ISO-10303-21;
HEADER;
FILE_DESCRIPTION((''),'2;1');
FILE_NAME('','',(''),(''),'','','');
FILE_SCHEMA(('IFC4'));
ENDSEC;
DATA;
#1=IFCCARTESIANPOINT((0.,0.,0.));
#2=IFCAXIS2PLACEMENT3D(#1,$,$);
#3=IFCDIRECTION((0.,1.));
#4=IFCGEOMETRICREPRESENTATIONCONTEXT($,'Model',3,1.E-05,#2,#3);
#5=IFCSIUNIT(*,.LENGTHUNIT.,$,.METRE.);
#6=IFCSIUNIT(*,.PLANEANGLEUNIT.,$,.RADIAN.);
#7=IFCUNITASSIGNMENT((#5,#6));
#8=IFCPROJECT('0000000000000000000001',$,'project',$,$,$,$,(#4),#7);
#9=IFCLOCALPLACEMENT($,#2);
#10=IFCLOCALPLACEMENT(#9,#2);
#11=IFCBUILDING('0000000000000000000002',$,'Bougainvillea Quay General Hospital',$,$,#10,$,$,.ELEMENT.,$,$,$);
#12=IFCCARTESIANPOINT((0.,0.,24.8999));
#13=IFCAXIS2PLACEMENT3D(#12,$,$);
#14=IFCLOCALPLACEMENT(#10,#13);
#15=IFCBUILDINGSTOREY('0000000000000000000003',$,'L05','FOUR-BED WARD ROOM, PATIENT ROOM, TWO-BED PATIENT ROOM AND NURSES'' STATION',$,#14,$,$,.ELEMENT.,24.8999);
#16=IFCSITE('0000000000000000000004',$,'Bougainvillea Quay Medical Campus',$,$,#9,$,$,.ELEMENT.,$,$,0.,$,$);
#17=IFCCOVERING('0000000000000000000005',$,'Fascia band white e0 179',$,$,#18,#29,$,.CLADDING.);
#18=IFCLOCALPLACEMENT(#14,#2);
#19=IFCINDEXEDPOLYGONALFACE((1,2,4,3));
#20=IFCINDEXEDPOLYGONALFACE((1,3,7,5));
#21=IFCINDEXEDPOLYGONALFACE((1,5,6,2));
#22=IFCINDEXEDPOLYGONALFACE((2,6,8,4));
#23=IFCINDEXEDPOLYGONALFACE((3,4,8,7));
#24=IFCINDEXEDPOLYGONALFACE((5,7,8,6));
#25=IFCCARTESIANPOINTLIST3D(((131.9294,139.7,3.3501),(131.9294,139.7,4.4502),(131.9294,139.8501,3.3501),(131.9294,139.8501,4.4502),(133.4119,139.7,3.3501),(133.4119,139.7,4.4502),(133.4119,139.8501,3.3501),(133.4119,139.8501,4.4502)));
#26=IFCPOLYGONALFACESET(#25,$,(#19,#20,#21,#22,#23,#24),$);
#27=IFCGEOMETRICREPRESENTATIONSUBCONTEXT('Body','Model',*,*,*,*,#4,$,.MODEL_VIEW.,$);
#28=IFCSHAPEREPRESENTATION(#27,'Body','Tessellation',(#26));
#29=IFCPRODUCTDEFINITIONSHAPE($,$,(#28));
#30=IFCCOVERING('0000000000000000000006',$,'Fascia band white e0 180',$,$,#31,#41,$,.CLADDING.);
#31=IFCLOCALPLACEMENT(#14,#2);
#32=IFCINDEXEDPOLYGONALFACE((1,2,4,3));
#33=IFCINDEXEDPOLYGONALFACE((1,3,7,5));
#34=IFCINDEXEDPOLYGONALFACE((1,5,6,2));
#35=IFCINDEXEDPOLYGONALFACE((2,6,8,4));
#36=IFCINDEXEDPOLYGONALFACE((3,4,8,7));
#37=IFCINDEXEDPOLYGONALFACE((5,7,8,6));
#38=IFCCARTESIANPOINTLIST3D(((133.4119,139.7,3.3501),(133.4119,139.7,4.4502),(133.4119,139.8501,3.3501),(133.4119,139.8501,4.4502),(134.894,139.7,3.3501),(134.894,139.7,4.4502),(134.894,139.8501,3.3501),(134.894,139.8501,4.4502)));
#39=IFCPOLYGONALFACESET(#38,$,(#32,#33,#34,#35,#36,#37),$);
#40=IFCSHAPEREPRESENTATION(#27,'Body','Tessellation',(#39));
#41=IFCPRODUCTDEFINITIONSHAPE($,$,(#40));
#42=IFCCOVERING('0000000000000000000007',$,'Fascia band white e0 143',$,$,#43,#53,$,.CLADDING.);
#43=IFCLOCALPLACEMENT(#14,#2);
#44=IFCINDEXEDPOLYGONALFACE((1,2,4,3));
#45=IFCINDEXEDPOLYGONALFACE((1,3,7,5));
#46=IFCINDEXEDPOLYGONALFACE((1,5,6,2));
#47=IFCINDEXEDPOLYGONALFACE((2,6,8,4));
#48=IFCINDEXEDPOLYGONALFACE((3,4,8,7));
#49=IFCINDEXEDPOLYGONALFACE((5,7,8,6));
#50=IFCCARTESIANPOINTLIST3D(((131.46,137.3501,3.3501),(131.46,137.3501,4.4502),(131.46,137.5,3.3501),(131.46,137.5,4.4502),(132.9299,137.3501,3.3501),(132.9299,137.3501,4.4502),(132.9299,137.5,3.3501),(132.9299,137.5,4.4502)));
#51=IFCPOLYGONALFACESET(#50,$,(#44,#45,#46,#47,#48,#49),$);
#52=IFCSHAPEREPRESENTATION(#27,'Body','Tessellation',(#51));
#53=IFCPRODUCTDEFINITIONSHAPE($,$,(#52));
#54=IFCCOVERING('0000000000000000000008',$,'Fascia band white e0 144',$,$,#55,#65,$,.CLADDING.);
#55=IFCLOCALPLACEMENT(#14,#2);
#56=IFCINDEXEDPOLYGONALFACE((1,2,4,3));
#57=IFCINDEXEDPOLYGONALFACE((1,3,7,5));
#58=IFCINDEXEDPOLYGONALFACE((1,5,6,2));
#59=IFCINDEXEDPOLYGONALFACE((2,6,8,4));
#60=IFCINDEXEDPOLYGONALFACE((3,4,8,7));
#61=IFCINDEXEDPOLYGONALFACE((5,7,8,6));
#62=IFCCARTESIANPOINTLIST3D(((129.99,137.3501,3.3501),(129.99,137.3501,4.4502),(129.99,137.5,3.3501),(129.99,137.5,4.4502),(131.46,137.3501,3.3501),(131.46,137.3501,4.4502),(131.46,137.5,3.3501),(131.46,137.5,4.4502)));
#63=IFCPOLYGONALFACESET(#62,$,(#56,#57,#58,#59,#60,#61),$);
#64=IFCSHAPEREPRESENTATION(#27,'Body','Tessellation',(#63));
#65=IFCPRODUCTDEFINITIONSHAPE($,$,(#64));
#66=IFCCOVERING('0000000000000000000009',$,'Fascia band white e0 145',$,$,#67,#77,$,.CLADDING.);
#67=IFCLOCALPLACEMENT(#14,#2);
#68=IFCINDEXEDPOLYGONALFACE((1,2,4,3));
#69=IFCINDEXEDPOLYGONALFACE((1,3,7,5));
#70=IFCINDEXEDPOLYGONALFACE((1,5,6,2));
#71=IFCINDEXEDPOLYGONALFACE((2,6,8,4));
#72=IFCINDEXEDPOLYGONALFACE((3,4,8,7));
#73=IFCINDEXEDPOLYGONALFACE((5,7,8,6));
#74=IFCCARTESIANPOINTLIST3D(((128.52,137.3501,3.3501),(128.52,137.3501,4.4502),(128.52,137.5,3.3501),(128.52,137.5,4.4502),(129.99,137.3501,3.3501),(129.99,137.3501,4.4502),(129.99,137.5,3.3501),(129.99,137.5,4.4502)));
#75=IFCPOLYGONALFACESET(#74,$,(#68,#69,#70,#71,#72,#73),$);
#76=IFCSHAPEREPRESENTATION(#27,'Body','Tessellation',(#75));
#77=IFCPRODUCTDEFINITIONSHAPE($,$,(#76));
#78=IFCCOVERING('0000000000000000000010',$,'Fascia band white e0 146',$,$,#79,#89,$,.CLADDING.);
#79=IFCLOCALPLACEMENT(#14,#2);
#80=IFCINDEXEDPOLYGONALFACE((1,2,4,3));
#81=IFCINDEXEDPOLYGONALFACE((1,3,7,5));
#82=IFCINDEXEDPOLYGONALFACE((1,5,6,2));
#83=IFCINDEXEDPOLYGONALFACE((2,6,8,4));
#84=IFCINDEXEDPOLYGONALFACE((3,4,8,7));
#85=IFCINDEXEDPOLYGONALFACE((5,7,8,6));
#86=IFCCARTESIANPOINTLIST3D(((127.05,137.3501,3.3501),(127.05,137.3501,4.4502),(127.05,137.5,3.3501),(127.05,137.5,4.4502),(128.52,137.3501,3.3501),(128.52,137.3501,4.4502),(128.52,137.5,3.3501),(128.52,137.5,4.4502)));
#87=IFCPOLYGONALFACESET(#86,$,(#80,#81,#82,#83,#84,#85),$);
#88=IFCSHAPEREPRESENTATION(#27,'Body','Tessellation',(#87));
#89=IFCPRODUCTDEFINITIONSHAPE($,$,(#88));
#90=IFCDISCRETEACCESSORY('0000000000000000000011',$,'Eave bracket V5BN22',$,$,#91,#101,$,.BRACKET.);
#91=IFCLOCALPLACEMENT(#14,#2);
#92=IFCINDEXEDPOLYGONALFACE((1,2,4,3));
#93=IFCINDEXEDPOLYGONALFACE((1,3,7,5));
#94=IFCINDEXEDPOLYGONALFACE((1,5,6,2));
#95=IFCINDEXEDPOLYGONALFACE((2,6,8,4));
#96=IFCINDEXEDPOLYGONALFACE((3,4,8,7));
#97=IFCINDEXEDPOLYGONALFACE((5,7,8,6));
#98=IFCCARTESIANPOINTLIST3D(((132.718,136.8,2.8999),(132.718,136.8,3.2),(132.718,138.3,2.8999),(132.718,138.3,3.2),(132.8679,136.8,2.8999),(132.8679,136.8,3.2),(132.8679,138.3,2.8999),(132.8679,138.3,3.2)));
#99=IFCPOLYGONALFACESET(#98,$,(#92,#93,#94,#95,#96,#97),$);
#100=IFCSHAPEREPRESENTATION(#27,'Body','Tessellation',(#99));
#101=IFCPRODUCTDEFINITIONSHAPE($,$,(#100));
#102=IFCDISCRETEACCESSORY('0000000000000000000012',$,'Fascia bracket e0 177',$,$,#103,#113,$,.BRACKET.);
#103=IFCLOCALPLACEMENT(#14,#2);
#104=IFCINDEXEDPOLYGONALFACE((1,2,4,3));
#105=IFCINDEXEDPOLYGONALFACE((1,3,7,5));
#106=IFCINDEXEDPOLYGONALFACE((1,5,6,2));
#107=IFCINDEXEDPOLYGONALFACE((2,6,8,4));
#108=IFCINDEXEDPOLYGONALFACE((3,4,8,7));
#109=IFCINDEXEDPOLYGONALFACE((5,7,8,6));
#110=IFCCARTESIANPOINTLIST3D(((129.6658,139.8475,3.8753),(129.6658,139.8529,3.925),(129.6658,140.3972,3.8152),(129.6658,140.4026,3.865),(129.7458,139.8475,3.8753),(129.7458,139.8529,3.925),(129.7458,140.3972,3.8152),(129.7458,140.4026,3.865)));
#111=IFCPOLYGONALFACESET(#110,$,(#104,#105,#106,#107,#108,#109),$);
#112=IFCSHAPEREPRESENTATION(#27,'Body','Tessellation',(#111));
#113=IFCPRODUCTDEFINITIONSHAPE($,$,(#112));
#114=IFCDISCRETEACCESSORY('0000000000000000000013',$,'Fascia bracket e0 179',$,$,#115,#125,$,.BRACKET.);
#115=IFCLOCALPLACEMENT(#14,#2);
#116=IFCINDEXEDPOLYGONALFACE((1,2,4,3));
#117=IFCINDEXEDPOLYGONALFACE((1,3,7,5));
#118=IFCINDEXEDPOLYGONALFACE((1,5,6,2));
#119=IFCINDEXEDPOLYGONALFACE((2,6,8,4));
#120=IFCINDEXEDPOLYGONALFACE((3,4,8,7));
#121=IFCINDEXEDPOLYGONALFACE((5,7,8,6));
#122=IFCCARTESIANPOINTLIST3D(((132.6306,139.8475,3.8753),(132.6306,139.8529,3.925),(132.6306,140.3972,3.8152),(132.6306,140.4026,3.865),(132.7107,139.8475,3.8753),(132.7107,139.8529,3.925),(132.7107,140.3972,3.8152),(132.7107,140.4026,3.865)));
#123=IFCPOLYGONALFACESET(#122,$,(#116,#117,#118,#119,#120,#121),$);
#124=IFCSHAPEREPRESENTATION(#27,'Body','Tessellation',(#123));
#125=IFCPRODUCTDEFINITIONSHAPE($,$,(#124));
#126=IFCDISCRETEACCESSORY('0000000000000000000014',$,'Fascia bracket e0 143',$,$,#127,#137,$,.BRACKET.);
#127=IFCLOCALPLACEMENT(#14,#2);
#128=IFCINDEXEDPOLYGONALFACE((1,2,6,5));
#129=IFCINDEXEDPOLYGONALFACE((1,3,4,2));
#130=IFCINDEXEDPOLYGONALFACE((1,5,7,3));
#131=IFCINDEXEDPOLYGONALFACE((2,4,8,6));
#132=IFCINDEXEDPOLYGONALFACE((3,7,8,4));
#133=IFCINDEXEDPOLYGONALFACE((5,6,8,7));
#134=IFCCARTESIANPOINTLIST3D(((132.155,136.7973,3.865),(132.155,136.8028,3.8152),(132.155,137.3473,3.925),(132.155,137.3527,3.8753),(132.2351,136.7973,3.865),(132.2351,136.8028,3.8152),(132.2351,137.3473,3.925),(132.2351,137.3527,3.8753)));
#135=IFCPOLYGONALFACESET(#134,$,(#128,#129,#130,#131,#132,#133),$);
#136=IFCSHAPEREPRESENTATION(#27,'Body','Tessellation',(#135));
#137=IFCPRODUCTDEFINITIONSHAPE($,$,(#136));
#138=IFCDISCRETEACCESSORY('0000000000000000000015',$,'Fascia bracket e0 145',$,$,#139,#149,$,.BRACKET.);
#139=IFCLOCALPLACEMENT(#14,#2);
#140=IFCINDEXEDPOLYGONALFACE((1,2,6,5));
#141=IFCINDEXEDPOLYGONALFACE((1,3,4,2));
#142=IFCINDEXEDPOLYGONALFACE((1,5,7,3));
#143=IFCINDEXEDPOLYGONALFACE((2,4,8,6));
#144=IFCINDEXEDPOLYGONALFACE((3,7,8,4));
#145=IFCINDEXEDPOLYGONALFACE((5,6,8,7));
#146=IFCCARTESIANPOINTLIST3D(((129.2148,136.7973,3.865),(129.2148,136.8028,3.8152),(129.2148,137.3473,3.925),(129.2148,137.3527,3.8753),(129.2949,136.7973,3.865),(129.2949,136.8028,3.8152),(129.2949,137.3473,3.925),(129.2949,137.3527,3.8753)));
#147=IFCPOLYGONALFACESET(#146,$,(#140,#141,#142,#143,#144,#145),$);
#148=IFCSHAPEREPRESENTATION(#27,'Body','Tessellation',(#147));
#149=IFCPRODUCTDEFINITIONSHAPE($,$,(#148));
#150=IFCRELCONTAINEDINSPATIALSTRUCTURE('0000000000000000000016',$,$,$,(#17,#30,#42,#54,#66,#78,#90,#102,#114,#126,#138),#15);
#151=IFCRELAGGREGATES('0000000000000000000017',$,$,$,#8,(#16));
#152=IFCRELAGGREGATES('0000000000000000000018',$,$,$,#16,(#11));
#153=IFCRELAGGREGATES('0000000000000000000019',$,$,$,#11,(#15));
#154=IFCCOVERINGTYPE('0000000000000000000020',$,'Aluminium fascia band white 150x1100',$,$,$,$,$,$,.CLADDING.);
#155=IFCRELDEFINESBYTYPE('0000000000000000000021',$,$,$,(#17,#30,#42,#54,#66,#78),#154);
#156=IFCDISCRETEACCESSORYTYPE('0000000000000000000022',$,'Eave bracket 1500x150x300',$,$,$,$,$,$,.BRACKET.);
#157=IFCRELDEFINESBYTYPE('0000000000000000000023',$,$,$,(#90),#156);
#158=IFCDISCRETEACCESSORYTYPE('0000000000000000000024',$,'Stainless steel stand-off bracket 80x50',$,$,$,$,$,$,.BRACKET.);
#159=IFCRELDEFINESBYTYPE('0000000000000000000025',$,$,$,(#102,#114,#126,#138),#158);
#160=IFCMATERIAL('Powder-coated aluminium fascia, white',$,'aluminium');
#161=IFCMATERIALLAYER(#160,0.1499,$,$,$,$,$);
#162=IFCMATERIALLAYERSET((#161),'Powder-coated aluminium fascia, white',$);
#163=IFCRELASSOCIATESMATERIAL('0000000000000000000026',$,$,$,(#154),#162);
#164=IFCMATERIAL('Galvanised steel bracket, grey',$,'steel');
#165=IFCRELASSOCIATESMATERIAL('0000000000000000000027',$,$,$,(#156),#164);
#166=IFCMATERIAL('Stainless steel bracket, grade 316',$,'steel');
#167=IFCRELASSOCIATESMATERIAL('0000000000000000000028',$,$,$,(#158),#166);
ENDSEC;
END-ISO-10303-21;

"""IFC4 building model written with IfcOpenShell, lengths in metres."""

from ifc_helpers import new_model, si_unit, direction, frame, origin, origin_2d, place, context, subcontext, project, spatial, polyline, rectangle, outline, extrude, material, layer, layer_set, material_profile, profile_set, type_object, element, save


model = new_model("IFC4")

# Units and contexts
model_context = context("Model", 3, precision=1e-05, world=origin(), true_north=direction((0.0, 1.0)))
body_context = subcontext(model_context, "Body", "Model", "MODEL_VIEW")
ifc_project = project(units=[si_unit("LENGTHUNIT", "METRE"), si_unit("PLANEANGLEUNIT", "RADIAN")], contexts=[model_context])

# Site, building, storey
site_placement = place(None, origin())
site = spatial("IfcSite", under=ifc_project, at=site_placement, Name="Bougainvillea Quay Medical Campus", CompositionType="ELEMENT", RefElevation=0.0)
building_placement = place(site_placement, origin())
building = spatial("IfcBuilding", under=site, at=building_placement, Name="Bougainvillea Quay General Hospital", CompositionType="ELEMENT")
storey_placement = place(building_placement, frame((0.0, 0.0, 24.8999)))
storey = spatial("IfcBuildingStorey", under=building, at=storey_placement, Name="L05", Description="FOUR-BED WARD ROOM, PATIENT ROOM, TWO-BED PATIENT ROOM AND NURSES' STATION", CompositionType="ELEMENT", Elevation=24.8999)

# Coverings
ifc_material_1 = material(Name="Powder-coated aluminium fascia, white", Category="aluminium")
ifc_layer_1 = layer(ifc_material_1, 0.1499)
ifc_layer_set_1 = layer_set([ifc_layer_1], Name="Powder-coated aluminium fascia, white")
covering_type = type_object("IfcCoveringType", Name="Aluminium fascia band white 150x1100", PredefinedType="CLADDING", material=ifc_layer_set_1)
for number, where, z_axis, x_axis, name in (
    (1, (131.9294, 139.8501, 3.3501), (0.0, 0.0, 1.0), (1.0, 0.0, 0.0), "Fascia band white e0 179"),
):
    element("IfcCovering", number, at=place(storey_placement, frame(where, z_axis=z_axis, x_axis=x_axis)), inside=storey, type_object=covering_type, Name=name, PredefinedType="CLADDING", context=body_context, shape_type="SweptSolid", body=[
        extrude(outline(polyline([(0.0, 0.0), (1.4824, 0.0), (1.4824, -0.1501), (0.0, -0.1501), (0.0, 0.0)])), origin(), (0.0, 0.0, 1.0), 1.1001),
    ])
covering_placement = place(storey_placement, frame((133.4119, 139.8501, 3.3501), z_axis=(0.0, 0.0, 1.0), x_axis=(1.0, 0.0, 0.0)))
element("IfcCovering", 2, at=covering_placement, inside=storey, type_object=covering_type, Name="Fascia band white e0 180", PredefinedType="CLADDING", context=body_context, shape_type="SweptSolid", body=[
    extrude(outline(polyline([(0.0, 0.0), (1.4822, 0.0), (1.4822, -0.1501), (0.0, -0.1501), (0.0, 0.0)])), origin(), (0.0, 0.0, 1.0), 1.1001),
])
for number, where, z_axis, x_axis, name in (
    (3, (132.9299, 137.3501, 3.3501), (0.0, 0.0, 1.0), (-1.0, 0.0, 0.0), "Fascia band white e0 143"),
    (4, (131.46, 137.3501, 3.3501), (0.0, 0.0, 1.0), (-1.0, 0.0, 0.0), "Fascia band white e0 144"),
    (5, (129.99, 137.3501, 3.3501), (0.0, 0.0, 1.0), (-1.0, 0.0, 0.0), "Fascia band white e0 145"),
    (6, (128.52, 137.3501, 3.3501), (0.0, 0.0, 1.0), (-1.0, 0.0, 0.0), "Fascia band white e0 146"),
):
    element("IfcCovering", number, at=place(storey_placement, frame(where, z_axis=z_axis, x_axis=x_axis)), inside=storey, type_object=covering_type, Name=name, PredefinedType="CLADDING", context=body_context, shape_type="SweptSolid", body=[
        extrude(outline(polyline([(0.0, 0.0), (1.47, 0.0), (1.47, -0.1499), (0.0, -0.1499), (0.0, 0.0)])), origin(), (0.0, 0.0, 1.0), 1.1001),
    ])

# Discrete accessories
ifc_material_2 = material(Name="Galvanised steel bracket, grey", Category="steel")
discrete_accessory_type_1 = type_object("IfcDiscreteAccessoryType", Name="Eave bracket 1500x150x300", PredefinedType="BRACKET", material=ifc_material_2)
discrete_accessory_placement = place(storey_placement, frame((132.793, 137.55, 2.8999), z_axis=(0.0, 0.0, 1.0), x_axis=(1.0, 0.0, 0.0)))
element("IfcDiscreteAccessory", 7, at=discrete_accessory_placement, inside=storey, type_object=discrete_accessory_type_1, Name="Eave bracket V5BN22", PredefinedType="BRACKET", context=body_context, shape_type="SweptSolid", body=[
    extrude(rectangle(XDim=0.1499, YDim=1.5, at=origin_2d()), origin(), (0.0, 0.0, 1.0), 0.3),
])
ifc_material_3 = material(Name="Stainless steel bracket, grade 316", Category="steel")
ifc_material_profile_1 = material_profile(ifc_material_3, rectangle(XDim=0.0801, YDim=0.05, at=origin_2d()))
ifc_profile_set_1 = profile_set([ifc_material_profile_1], Name="Stainless steel bracket, grade 316")
discrete_accessory_type_2 = type_object("IfcDiscreteAccessoryType", Name="Stainless steel stand-off bracket 80x50", PredefinedType="BRACKET", material=ifc_profile_set_1)
for number, where, z_axis, x_axis, name in (
    (8, (129.7058, 140.3999, 3.8401), (0.0, -0.994087, 0.10859), (1.0, 0.0, 0.0), "Fascia bracket e0 177"),
    (9, (132.6707, 140.3999, 3.8401), (0.0, -0.994087, 0.10859), (1.0, 0.0, 0.0), "Fascia bracket e0 179"),
):
    element("IfcDiscreteAccessory", number, at=place(storey_placement, frame(where, z_axis=z_axis, x_axis=x_axis)), inside=storey, type_object=discrete_accessory_type_2, Name=name, PredefinedType="BRACKET", context=body_context, shape_type="SweptSolid", body=[
        extrude(rectangle(XDim=0.0801, YDim=0.05, at=origin_2d()), origin(), (0.0, 0.0, 1.0), 0.553),
    ])
for number, where, z_axis, x_axis, name in (
    (10, (132.1951, 136.8, 3.8401), (0.0, 0.994092, 0.108543), (-1.0, 0.0, 0.0), "Fascia bracket e0 143"),
    (11, (129.2549, 136.8, 3.8401), (0.0, 0.994092, 0.108543), (-1.0, 0.0, 0.0), "Fascia bracket e0 145"),
):
    element("IfcDiscreteAccessory", number, at=place(storey_placement, frame(where, z_axis=z_axis, x_axis=x_axis)), inside=storey, type_object=discrete_accessory_type_2, Name=name, PredefinedType="BRACKET", context=body_context, shape_type="SweptSolid", body=[
        extrude(rectangle(XDim=0.0801, YDim=0.05, at=origin_2d()), origin(), (0.0, 0.0, 1.0), 0.5532),
    ])

save(model, "model.ifc")
